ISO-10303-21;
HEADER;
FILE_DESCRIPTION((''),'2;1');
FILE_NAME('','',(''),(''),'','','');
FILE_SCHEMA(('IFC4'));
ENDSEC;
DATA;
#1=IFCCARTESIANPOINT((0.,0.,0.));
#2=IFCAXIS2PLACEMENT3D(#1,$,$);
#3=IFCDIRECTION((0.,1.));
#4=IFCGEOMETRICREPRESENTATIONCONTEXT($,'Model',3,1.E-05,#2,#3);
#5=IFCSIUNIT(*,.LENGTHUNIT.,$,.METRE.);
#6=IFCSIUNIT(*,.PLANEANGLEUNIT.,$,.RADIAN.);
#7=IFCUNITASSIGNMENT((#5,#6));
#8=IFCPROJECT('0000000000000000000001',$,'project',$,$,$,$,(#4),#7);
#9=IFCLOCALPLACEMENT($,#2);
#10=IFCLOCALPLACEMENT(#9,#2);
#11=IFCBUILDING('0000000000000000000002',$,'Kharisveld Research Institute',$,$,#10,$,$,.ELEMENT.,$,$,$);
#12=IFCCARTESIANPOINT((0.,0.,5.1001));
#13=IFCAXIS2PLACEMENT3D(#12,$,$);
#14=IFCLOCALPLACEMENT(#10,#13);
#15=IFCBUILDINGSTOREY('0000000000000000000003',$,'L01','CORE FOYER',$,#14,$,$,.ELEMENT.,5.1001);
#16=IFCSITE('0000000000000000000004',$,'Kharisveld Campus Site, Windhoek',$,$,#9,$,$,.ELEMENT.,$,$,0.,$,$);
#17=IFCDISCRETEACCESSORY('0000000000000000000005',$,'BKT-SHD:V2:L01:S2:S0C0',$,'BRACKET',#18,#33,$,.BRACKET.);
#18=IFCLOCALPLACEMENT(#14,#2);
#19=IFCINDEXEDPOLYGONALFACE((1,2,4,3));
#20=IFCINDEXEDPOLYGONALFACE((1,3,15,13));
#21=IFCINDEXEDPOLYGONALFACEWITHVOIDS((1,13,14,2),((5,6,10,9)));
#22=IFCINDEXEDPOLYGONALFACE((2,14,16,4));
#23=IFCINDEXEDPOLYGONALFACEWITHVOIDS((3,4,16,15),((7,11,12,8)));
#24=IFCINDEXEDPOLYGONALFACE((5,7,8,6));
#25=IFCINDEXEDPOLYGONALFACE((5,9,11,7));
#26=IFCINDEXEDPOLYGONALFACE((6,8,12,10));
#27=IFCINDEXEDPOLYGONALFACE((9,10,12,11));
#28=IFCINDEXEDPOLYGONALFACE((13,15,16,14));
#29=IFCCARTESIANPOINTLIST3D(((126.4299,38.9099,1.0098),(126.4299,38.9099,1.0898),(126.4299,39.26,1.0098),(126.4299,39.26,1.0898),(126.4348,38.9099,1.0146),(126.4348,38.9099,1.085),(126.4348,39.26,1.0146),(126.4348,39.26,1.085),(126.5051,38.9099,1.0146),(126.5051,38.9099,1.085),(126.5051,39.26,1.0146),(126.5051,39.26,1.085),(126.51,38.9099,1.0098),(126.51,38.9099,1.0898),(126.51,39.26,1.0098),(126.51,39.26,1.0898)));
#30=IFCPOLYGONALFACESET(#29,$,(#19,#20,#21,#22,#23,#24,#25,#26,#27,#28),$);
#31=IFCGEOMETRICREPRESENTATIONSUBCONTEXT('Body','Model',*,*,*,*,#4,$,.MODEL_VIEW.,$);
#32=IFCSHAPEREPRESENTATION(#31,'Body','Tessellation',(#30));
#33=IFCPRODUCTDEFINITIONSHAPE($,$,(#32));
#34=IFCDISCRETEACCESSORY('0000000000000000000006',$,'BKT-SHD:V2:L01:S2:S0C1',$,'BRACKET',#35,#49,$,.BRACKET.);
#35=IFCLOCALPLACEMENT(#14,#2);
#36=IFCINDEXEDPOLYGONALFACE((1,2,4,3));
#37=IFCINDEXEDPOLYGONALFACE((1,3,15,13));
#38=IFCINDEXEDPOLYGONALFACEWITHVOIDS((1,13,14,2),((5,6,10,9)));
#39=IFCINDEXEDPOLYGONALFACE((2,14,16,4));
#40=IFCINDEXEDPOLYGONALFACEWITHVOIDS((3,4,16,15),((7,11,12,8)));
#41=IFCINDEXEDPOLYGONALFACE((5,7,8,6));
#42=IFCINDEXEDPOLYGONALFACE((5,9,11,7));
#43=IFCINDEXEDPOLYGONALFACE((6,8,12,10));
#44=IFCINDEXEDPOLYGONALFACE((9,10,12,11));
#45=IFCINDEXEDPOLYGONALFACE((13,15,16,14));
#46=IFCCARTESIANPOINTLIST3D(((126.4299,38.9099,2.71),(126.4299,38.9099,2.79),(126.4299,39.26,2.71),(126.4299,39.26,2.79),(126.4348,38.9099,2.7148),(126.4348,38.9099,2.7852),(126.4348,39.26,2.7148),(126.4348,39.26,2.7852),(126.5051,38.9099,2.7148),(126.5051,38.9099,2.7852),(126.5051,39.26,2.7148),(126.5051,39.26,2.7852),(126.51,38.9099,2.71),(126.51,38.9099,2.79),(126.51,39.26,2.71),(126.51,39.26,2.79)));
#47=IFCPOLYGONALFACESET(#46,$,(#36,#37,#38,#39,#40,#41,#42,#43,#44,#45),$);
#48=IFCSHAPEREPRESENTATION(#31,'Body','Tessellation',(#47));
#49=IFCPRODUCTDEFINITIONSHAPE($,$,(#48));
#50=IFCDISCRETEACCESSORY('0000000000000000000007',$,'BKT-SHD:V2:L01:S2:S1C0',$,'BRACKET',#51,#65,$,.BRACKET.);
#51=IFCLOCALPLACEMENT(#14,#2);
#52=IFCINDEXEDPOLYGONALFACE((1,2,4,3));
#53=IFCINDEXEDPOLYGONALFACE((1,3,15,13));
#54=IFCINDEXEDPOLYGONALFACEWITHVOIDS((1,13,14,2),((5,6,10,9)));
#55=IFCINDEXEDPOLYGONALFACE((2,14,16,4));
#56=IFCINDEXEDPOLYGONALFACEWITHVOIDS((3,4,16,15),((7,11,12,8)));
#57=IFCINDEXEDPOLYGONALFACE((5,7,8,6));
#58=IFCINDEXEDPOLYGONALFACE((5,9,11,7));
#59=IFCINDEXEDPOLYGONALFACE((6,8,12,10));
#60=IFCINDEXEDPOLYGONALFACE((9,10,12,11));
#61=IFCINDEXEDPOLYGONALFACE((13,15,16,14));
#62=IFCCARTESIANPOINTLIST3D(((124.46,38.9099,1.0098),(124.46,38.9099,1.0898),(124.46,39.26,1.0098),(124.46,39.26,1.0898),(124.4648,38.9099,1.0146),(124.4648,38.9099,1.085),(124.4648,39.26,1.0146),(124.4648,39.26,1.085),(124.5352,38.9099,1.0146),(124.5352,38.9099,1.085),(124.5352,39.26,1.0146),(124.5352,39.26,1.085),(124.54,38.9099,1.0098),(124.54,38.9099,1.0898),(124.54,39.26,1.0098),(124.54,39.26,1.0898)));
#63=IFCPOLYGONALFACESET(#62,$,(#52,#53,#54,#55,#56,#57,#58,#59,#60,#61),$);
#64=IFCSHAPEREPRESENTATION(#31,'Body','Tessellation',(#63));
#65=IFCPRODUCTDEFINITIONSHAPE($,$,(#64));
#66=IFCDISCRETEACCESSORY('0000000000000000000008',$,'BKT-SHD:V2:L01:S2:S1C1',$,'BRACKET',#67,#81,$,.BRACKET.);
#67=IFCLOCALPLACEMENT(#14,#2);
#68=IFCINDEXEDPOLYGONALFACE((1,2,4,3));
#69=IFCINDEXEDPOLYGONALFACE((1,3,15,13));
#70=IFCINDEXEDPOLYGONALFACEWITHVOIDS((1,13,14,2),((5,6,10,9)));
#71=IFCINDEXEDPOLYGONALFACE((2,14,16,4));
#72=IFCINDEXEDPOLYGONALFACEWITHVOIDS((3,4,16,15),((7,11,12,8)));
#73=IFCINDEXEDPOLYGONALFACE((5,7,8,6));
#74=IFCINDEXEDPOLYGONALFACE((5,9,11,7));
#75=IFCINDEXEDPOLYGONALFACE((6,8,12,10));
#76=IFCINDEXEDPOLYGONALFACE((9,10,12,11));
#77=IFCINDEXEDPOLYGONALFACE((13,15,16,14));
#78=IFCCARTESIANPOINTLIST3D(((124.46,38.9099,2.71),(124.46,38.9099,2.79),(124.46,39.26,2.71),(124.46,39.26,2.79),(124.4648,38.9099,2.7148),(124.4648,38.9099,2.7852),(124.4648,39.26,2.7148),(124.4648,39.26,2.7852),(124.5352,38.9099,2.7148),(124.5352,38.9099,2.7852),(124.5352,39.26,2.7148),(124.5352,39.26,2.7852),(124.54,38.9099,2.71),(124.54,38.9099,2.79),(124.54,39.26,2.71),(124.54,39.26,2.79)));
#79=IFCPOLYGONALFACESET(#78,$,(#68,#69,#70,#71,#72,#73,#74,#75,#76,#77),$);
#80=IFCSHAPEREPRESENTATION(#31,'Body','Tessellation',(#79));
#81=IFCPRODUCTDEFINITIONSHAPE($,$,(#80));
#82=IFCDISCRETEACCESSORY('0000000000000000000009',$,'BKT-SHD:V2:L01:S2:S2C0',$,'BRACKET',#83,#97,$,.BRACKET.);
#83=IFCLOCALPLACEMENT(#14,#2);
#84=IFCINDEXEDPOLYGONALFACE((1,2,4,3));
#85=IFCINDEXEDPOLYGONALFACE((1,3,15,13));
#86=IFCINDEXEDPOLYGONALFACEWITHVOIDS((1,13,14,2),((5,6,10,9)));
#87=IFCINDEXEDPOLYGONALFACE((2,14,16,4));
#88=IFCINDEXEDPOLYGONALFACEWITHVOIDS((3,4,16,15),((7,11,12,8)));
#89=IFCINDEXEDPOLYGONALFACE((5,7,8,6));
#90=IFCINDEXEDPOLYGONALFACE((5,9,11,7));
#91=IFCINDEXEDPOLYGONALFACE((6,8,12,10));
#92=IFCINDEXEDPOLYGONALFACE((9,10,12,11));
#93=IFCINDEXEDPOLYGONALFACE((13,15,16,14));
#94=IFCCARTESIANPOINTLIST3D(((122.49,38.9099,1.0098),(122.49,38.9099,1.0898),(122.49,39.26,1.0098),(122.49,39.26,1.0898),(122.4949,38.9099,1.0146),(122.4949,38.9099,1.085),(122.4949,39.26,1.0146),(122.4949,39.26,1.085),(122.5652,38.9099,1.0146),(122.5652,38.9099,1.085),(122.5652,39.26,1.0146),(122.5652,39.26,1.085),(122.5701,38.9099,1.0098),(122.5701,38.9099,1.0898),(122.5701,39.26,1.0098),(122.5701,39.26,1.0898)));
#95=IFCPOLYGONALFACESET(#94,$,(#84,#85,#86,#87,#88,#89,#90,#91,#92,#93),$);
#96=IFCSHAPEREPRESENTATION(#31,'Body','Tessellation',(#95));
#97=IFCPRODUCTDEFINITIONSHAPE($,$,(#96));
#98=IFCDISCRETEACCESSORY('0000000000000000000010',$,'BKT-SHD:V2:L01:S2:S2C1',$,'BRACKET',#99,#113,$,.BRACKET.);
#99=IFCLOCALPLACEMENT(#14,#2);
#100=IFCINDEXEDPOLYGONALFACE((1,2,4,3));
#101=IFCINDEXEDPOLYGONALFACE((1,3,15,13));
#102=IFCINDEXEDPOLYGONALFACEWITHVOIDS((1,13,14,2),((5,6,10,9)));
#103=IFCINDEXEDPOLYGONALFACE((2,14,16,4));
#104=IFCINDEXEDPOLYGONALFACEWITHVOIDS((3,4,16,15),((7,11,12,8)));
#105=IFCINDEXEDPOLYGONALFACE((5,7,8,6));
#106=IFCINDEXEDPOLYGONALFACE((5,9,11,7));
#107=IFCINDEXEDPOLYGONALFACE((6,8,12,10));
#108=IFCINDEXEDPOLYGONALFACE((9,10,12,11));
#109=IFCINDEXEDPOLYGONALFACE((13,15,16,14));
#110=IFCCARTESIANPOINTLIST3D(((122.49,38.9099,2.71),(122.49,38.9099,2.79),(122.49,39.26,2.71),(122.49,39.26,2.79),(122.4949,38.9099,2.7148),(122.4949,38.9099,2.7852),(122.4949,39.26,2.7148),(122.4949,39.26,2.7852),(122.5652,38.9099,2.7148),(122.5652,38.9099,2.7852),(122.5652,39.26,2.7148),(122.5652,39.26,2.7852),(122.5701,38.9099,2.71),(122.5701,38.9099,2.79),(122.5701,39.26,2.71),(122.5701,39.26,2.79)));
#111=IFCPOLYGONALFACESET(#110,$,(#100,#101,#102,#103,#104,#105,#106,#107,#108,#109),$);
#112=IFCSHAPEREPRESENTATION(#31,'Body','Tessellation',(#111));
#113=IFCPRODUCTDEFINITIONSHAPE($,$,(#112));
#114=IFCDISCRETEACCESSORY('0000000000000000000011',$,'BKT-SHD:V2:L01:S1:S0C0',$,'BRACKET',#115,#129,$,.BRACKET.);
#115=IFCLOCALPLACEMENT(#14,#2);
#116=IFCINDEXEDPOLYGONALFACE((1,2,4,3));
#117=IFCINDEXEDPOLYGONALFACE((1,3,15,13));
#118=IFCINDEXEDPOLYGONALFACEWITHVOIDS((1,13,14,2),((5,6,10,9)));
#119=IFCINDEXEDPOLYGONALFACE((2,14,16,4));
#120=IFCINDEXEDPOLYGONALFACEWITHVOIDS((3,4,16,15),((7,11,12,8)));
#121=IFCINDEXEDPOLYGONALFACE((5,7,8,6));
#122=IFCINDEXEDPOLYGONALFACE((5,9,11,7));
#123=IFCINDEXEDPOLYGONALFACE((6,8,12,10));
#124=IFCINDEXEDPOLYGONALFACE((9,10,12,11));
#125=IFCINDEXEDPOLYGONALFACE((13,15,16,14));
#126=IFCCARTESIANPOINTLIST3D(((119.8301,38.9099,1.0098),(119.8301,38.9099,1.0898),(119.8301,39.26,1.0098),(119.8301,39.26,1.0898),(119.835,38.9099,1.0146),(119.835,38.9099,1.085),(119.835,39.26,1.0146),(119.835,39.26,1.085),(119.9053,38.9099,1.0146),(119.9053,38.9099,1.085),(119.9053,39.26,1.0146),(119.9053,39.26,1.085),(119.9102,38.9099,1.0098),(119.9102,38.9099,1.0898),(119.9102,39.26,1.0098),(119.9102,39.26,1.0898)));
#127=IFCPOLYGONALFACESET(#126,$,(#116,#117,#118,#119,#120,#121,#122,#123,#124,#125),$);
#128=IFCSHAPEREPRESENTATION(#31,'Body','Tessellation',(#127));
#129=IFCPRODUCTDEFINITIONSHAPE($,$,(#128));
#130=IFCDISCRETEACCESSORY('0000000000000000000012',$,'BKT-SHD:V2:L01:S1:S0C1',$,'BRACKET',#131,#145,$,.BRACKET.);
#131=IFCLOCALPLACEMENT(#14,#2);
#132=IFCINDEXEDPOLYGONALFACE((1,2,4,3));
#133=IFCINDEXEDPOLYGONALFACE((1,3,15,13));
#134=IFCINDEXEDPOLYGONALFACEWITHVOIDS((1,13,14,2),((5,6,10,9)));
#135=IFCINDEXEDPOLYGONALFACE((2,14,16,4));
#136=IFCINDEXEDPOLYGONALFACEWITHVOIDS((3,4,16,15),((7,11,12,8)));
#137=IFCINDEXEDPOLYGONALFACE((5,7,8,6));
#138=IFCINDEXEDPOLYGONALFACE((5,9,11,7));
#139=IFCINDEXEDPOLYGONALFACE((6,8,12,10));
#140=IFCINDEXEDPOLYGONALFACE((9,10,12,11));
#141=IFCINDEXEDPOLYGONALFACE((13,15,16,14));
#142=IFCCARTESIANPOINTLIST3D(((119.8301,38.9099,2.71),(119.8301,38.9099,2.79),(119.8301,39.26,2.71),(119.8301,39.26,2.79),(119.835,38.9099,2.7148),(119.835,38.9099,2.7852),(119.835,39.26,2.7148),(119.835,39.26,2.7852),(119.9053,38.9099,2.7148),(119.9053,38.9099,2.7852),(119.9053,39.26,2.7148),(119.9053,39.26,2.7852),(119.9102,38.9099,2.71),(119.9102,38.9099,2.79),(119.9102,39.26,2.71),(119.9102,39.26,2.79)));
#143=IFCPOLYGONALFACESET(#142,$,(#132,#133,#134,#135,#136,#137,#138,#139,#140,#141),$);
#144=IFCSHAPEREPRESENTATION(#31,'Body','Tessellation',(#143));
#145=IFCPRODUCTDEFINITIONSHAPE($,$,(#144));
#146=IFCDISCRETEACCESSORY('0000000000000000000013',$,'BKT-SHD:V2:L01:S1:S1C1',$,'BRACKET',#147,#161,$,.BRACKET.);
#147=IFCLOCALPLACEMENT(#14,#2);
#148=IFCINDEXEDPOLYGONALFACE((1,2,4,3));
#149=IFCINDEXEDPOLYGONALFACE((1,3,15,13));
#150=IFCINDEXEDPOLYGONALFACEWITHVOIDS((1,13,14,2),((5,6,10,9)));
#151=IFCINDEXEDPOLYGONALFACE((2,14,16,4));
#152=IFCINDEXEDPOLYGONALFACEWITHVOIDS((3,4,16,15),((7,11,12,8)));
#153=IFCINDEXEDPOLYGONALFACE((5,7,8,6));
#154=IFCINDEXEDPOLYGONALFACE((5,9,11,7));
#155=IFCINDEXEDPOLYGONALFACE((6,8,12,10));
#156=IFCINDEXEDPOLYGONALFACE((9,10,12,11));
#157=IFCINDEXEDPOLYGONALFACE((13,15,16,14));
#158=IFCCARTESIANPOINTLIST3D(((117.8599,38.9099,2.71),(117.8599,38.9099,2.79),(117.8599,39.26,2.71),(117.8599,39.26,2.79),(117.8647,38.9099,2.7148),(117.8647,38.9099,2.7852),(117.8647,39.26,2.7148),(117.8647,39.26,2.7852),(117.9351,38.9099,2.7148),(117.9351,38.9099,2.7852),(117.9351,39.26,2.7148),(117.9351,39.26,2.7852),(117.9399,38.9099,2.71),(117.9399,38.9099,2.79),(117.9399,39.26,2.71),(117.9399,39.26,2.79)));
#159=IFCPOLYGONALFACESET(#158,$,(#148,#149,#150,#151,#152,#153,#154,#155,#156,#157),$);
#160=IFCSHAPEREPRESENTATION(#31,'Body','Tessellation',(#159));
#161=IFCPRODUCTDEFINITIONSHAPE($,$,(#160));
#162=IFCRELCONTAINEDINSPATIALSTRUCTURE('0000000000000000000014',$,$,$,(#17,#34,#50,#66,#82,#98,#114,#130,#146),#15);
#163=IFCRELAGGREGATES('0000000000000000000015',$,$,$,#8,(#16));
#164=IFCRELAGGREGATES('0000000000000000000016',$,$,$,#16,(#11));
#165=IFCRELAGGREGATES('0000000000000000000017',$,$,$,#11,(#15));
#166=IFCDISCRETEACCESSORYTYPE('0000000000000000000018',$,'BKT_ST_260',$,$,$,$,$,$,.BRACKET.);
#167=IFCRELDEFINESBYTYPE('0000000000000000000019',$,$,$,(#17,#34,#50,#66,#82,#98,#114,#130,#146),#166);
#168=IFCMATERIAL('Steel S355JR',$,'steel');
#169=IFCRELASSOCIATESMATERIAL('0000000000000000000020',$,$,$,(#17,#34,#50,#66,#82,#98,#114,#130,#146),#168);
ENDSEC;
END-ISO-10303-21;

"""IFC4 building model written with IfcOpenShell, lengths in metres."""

from ifc_helpers import new_model, si_unit, direction, frame, origin, origin_2d, place, context, subcontext, project, spatial, hollow_rectangle, extrude, material, type_object, element, save


model = new_model("IFC4")

# Units and contexts
model_context = context("Model", 3, precision=1e-05, world=origin(), true_north=direction((0.0, 1.0)))
body_context = subcontext(model_context, "Body", "Model", "MODEL_VIEW")
ifc_project = project(units=[si_unit("LENGTHUNIT", "METRE"), si_unit("PLANEANGLEUNIT", "RADIAN")], contexts=[model_context])

# Site, building, storey
site_placement = place(None, origin())
site = spatial("IfcSite", under=ifc_project, at=site_placement, Name="Kharisveld Campus Site, Windhoek", CompositionType="ELEMENT", RefElevation=0.0)
building_placement = place(site_placement, origin())
building = spatial("IfcBuilding", under=site, at=building_placement, Name="Kharisveld Research Institute", CompositionType="ELEMENT")
storey_placement = place(building_placement, frame((0.0, 0.0, 5.1001)))
storey = spatial("IfcBuildingStorey", under=building, at=storey_placement, Name="L01", Description="CORE FOYER", CompositionType="ELEMENT", Elevation=5.1001)

# Discrete accessories
ifc_material_1 = material(Name="Steel S355JR", Category="steel")
discrete_accessory_type = type_object("IfcDiscreteAccessoryType", Name="BKT_ST_260", PredefinedType="BRACKET")
for number, where, z_axis, x_axis, name in (
    (1, (126.47, 39.26, 1.0498), (0.0, -1.0, 0.0), (1.0, 0.0, 0.0), "BKT-SHD:V2:L01:S2:S0C0"),
    (2, (126.47, 39.26, 2.75), (0.0, -1.0, 0.0), (1.0, 0.0, 0.0), "BKT-SHD:V2:L01:S2:S0C1"),
    (3, (124.5, 39.26, 1.0498), (0.0, -1.0, 0.0), (1.0, 0.0, 0.0), "BKT-SHD:V2:L01:S2:S1C0"),
    (4, (124.5, 39.26, 2.75), (0.0, -1.0, 0.0), (1.0, 0.0, 0.0), "BKT-SHD:V2:L01:S2:S1C1"),
    (5, (122.53, 39.26, 1.0498), (0.0, -1.0, 0.0), (1.0, 0.0, 0.0), "BKT-SHD:V2:L01:S2:S2C0"),
    (6, (122.53, 39.26, 2.75), (0.0, -1.0, 0.0), (1.0, 0.0, 0.0), "BKT-SHD:V2:L01:S2:S2C1"),
    (7, (119.8701, 39.26, 1.0498), (0.0, -1.0, 0.0), (1.0, 0.0, 0.0), "BKT-SHD:V2:L01:S1:S0C0"),
    (8, (119.8701, 39.26, 2.75), (0.0, -1.0, 0.0), (1.0, 0.0, 0.0), "BKT-SHD:V2:L01:S1:S0C1"),
    (9, (117.8999, 39.26, 2.75), (0.0, -1.0, 0.0), (1.0, 0.0, 0.0), "BKT-SHD:V2:L01:S1:S1C1"),
):
    element("IfcDiscreteAccessory", number, at=place(storey_placement, frame(where, z_axis=z_axis, x_axis=x_axis)), inside=storey, type_object=discrete_accessory_type, material=ifc_material_1, Name=name, ObjectType="BRACKET", PredefinedType="BRACKET", context=body_context, shape_type="SweptSolid", body=[
        extrude(hollow_rectangle(XDim=0.0801, YDim=0.0801, WallThickness=0.0049, at=origin_2d()), origin(), (0.0, 0.0, 1.0), 0.3501),
    ])

save(model, "model.ifc")
